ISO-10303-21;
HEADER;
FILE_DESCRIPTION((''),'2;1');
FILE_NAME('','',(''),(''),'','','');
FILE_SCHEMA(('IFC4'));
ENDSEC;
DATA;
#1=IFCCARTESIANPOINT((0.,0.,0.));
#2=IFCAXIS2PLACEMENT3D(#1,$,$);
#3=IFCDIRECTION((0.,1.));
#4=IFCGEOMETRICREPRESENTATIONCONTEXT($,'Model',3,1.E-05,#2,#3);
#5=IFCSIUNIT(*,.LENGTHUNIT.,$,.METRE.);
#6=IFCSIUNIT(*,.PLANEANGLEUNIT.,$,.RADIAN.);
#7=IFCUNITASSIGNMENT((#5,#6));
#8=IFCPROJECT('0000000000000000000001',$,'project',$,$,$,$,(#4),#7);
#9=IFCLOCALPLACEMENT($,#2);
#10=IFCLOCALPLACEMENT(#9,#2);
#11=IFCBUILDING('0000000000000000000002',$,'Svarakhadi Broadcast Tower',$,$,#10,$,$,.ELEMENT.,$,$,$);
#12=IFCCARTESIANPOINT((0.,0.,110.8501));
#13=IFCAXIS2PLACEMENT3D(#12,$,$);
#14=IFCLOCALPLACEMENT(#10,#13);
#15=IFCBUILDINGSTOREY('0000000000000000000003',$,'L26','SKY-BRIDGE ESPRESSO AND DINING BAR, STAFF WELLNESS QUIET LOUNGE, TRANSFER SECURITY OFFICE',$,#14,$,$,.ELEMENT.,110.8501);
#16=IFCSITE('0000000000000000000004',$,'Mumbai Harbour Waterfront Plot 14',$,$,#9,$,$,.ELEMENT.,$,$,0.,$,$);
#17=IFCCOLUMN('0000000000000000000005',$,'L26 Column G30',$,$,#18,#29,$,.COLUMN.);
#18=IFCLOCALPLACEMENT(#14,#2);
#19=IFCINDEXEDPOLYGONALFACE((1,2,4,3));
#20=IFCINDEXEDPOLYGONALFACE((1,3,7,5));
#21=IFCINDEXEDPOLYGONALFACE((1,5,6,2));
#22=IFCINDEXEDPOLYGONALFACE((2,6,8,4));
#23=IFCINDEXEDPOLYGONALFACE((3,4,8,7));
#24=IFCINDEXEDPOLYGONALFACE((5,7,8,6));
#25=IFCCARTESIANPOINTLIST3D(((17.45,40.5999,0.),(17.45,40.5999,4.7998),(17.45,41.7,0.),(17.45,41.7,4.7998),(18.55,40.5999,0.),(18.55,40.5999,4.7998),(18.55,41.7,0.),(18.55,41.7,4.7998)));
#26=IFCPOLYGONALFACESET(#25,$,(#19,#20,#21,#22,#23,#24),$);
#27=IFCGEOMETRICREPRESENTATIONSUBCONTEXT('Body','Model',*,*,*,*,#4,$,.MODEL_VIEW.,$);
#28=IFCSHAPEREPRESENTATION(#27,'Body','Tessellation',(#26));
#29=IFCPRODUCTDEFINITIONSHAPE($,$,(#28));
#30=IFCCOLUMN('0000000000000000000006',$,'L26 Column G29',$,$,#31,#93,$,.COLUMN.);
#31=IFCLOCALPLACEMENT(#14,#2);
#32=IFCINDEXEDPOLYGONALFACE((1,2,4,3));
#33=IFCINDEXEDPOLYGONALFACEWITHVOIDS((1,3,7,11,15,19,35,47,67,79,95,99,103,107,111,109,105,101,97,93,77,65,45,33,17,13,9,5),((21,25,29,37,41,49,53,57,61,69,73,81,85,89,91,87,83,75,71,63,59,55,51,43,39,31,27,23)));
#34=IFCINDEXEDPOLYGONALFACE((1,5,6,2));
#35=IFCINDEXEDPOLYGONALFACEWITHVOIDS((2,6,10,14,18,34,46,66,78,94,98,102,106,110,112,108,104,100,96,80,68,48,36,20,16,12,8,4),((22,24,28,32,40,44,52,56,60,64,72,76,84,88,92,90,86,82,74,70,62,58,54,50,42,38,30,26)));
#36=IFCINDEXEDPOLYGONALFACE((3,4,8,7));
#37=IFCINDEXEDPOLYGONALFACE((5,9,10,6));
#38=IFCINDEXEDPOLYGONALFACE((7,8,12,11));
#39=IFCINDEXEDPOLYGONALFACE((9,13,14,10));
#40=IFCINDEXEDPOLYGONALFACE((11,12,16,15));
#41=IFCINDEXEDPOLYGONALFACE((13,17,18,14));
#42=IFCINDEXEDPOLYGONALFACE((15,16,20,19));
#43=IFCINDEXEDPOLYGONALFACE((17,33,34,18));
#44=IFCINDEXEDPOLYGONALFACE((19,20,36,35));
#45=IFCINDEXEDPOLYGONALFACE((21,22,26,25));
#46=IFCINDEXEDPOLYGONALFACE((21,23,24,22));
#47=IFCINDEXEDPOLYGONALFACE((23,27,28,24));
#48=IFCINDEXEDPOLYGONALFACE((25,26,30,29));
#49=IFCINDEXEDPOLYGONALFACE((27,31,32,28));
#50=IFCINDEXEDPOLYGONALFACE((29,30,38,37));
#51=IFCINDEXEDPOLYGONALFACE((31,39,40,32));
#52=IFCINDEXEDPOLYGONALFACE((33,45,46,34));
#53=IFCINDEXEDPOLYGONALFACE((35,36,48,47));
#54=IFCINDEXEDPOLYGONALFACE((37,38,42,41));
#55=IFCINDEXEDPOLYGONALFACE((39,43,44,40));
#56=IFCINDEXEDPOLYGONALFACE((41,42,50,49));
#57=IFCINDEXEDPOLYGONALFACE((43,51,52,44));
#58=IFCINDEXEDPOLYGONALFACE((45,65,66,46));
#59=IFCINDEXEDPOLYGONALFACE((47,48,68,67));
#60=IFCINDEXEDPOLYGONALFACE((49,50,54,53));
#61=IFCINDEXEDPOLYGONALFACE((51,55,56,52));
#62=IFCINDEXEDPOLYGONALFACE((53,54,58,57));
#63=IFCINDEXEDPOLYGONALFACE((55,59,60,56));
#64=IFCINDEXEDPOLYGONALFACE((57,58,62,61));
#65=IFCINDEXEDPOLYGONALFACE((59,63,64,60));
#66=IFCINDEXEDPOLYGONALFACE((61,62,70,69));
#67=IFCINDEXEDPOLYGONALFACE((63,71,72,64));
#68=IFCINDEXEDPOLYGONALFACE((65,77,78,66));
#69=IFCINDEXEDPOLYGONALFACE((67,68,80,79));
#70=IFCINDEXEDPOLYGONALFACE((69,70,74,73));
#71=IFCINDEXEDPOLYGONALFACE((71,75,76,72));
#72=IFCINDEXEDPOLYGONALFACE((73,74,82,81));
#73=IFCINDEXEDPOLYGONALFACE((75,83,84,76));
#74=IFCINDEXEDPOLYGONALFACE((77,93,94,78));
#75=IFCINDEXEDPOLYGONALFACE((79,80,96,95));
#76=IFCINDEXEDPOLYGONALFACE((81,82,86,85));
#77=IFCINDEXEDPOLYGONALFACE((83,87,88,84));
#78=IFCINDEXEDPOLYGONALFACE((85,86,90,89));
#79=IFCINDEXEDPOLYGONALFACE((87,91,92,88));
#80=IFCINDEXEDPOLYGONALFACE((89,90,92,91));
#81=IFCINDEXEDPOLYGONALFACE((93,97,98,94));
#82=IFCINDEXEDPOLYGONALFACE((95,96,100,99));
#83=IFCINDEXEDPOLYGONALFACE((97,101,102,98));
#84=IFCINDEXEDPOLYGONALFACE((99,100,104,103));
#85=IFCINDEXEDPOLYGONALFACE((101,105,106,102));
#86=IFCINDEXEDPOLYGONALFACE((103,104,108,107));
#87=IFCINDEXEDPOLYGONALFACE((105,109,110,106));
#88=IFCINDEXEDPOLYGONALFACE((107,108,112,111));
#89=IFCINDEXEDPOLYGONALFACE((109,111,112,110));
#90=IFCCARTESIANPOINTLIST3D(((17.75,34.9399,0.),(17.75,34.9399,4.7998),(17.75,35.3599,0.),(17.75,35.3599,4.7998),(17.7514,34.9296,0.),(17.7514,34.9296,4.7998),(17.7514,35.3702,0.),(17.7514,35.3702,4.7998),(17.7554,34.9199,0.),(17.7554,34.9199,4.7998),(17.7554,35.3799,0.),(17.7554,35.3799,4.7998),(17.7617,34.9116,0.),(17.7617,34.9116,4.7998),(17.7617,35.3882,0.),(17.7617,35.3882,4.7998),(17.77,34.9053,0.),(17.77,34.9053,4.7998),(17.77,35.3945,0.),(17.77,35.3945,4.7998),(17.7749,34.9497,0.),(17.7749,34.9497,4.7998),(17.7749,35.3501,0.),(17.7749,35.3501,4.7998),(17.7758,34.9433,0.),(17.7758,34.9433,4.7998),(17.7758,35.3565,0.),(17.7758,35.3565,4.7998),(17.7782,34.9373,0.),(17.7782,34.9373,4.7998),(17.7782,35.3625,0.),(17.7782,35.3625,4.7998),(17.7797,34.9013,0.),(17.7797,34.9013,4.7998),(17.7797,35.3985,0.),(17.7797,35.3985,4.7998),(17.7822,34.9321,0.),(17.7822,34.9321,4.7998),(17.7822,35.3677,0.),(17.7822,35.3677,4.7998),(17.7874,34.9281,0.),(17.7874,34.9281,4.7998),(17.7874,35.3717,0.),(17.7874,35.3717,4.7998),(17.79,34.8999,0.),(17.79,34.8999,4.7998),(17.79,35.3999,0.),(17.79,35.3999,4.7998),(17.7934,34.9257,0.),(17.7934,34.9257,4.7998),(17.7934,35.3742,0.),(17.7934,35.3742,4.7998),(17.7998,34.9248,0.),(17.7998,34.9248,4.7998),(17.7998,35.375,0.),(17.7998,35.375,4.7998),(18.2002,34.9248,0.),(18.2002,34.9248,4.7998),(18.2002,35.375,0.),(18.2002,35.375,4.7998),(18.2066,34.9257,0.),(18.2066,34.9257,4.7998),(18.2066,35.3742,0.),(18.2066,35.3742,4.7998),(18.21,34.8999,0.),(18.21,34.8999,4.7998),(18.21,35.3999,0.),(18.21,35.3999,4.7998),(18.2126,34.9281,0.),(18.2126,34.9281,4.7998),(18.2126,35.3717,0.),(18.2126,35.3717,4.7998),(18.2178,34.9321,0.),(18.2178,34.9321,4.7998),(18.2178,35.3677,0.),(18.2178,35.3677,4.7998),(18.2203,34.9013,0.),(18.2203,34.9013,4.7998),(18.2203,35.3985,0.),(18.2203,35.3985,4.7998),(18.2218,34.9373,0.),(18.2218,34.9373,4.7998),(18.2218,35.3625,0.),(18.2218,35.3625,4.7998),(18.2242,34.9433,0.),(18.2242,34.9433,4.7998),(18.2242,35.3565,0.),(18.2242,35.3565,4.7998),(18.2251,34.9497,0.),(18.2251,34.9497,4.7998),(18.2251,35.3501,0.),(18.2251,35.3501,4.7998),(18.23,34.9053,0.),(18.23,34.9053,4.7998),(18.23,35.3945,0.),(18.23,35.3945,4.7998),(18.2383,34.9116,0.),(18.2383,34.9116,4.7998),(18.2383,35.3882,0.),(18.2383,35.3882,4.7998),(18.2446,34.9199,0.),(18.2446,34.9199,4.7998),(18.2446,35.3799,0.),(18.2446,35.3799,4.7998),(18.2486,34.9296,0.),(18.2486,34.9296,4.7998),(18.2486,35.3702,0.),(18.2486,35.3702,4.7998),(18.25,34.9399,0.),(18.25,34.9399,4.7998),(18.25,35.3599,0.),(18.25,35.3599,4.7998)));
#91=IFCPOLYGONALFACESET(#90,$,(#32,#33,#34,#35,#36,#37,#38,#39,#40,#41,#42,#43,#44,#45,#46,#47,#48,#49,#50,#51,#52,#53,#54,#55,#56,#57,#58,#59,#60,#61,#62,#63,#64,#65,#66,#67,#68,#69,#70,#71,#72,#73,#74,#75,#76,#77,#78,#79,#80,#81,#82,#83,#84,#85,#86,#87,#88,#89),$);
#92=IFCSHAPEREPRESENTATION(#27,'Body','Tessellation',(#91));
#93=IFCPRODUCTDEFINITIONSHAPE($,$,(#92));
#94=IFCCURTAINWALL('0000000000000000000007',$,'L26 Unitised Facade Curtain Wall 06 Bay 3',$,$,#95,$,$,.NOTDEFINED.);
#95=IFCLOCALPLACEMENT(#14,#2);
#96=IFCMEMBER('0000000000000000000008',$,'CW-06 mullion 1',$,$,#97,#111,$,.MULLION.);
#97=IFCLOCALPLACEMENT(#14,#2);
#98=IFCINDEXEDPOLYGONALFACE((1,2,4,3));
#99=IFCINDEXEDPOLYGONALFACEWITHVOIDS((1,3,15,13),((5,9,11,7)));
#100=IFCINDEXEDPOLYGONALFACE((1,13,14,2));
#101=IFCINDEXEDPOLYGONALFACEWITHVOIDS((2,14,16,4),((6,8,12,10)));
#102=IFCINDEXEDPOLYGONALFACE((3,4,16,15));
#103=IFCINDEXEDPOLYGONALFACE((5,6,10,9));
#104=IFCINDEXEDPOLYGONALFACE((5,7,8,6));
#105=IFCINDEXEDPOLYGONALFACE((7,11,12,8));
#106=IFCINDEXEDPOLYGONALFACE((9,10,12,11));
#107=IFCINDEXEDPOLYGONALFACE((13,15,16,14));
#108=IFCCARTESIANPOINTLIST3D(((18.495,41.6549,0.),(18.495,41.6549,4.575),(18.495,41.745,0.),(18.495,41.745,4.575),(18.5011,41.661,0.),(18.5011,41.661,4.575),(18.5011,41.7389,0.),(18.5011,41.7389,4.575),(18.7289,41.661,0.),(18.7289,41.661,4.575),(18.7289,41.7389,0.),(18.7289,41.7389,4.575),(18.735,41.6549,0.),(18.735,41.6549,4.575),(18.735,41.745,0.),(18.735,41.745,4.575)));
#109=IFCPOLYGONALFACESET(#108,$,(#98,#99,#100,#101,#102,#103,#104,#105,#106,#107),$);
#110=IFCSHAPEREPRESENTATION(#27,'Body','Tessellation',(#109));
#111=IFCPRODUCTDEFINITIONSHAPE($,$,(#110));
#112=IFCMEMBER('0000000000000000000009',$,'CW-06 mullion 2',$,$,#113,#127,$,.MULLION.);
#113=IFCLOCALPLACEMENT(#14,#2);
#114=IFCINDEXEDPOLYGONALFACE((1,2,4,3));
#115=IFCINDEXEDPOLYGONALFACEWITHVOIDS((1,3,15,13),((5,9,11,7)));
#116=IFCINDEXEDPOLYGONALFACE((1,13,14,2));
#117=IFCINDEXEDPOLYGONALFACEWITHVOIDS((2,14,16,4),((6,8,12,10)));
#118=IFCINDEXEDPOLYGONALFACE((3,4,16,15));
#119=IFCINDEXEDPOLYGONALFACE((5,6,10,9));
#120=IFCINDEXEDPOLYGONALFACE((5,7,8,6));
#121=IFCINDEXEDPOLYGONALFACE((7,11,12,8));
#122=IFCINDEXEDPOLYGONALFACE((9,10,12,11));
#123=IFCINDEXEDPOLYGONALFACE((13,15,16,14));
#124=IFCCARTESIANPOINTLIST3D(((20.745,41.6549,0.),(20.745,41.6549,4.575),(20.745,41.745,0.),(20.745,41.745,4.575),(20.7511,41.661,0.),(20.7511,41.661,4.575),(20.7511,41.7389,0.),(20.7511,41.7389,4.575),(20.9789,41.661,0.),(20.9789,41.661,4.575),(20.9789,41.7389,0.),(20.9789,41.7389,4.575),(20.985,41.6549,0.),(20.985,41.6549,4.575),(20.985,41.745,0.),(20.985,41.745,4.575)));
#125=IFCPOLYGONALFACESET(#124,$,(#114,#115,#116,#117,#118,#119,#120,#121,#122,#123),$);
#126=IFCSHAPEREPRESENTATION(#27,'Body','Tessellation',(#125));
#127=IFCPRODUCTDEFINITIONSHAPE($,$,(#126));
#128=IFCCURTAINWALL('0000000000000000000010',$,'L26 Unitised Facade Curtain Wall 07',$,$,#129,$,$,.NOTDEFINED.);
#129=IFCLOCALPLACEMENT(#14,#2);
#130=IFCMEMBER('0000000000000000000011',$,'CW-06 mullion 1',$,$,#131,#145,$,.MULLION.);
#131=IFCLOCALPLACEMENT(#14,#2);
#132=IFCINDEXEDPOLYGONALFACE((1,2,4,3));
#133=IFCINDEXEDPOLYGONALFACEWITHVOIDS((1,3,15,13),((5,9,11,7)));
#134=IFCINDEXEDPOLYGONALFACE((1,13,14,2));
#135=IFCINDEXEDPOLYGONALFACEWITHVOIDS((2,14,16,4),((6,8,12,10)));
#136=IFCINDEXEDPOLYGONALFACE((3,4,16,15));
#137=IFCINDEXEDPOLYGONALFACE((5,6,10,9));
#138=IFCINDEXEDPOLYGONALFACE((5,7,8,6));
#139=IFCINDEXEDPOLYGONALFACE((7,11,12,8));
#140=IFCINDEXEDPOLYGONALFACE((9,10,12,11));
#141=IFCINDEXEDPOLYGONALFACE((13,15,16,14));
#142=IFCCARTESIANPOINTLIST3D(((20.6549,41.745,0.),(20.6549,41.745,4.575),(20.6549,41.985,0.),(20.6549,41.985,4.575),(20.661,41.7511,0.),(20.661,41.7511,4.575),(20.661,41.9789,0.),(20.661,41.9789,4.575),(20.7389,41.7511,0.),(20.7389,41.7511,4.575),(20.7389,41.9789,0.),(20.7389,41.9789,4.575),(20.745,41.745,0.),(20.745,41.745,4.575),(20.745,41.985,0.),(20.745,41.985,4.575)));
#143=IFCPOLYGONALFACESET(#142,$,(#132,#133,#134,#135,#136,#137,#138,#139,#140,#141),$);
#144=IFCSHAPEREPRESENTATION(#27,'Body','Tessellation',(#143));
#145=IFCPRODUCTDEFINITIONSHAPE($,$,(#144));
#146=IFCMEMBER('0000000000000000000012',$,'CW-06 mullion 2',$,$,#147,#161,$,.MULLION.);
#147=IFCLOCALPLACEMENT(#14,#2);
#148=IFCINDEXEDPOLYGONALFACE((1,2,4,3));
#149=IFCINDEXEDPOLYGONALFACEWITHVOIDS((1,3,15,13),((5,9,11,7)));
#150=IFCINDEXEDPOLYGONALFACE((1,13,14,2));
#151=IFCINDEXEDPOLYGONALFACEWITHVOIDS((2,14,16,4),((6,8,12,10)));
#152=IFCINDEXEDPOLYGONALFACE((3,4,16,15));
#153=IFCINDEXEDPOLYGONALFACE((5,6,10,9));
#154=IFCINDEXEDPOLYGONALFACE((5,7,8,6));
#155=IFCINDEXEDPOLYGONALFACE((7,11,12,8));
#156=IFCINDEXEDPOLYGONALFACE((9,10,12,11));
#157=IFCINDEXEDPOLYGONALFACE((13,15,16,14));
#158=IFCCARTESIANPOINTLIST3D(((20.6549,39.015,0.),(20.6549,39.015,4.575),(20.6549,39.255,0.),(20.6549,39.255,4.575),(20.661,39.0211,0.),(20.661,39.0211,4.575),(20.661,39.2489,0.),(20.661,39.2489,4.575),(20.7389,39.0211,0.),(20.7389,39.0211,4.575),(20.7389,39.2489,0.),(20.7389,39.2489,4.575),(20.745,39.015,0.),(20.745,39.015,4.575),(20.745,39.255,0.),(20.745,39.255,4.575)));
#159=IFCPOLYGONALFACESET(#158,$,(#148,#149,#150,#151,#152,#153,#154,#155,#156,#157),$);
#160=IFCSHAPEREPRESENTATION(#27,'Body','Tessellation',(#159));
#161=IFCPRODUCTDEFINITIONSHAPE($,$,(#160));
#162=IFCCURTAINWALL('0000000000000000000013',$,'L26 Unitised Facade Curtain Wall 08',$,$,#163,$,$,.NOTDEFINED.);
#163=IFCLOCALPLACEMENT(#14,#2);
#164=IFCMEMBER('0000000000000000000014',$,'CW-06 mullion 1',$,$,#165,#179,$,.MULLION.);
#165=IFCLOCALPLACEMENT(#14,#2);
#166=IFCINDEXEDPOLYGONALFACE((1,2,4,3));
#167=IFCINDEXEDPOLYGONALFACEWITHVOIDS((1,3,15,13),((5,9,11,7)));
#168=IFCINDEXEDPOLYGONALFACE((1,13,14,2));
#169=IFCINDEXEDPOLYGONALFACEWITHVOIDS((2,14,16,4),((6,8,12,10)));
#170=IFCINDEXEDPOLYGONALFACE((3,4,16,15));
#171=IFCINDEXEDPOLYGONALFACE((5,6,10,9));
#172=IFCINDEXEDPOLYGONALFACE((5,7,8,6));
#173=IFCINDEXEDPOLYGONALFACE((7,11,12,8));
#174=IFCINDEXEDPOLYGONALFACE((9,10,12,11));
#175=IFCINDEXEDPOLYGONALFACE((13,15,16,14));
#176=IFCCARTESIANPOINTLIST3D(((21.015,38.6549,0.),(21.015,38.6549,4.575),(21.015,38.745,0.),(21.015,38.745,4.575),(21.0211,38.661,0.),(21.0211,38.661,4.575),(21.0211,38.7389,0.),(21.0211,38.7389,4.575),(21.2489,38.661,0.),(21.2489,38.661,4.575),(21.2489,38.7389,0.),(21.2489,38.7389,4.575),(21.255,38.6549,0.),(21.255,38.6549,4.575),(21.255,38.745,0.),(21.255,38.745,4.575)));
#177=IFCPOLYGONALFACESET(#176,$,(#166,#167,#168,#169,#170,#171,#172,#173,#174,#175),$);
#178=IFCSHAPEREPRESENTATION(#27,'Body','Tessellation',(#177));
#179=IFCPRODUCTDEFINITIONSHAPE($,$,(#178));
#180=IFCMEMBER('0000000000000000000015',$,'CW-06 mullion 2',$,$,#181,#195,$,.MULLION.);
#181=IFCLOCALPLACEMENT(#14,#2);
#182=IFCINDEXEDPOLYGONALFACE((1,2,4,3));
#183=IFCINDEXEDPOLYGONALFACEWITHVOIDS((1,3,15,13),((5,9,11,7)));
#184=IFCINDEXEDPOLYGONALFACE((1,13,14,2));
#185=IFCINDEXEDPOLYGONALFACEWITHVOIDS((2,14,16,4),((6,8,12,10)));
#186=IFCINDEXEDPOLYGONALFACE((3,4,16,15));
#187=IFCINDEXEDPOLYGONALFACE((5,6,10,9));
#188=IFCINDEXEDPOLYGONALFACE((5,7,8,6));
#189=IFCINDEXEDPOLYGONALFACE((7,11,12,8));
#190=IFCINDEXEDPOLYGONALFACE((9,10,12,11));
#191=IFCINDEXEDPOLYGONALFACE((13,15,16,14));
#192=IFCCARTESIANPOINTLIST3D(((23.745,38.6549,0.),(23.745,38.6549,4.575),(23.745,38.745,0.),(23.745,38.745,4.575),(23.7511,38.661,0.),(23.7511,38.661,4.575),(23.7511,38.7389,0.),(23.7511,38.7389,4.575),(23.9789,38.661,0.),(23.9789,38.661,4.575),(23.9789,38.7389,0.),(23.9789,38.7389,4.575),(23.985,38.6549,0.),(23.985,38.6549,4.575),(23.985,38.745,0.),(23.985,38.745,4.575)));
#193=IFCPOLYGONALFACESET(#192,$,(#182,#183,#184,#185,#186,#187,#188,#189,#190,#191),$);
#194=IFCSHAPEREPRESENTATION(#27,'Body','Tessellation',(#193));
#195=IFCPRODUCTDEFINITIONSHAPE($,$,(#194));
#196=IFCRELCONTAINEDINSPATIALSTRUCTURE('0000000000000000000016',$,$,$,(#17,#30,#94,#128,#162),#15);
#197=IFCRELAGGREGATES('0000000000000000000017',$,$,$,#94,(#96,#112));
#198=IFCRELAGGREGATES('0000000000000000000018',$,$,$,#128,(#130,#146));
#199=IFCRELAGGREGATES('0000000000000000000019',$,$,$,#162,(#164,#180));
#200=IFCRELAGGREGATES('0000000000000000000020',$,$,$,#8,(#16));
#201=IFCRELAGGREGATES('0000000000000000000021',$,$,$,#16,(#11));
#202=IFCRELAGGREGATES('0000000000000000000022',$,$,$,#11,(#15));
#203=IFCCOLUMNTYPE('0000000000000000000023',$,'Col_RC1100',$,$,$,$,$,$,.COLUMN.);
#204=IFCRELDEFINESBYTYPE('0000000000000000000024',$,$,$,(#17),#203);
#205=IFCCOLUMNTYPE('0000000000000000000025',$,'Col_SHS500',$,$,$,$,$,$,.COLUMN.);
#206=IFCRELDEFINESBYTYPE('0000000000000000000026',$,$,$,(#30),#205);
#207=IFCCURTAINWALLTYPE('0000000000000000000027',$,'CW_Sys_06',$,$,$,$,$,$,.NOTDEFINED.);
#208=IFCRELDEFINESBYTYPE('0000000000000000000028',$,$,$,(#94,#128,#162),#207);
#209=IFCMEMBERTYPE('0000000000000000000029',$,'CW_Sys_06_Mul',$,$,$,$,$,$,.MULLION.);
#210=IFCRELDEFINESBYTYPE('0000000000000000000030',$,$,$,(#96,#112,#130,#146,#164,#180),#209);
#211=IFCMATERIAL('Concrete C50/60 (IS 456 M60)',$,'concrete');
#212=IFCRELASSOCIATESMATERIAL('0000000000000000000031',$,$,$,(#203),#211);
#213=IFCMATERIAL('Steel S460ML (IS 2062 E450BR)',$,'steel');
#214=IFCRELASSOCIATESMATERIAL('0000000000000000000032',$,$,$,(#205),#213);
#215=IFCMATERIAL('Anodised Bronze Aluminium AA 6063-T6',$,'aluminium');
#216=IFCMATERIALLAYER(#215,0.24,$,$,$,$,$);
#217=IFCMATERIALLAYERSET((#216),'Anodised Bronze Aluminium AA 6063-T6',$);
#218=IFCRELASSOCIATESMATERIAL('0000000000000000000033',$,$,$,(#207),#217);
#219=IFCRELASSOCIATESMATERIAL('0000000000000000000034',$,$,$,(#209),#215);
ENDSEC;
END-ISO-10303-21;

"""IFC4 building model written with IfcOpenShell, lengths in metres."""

from ifc_helpers import new_model, si_unit, direction, frame, origin, origin_2d, place, context, subcontext, project, spatial, rectangle, hollow_rectangle, extrude, material, layer, layer_set, material_profile, profile_set, type_object, element, aggregate, save


model = new_model("IFC4")

# Units and contexts
model_context = context("Model", 3, precision=1e-05, world=origin(), true_north=direction((0.0, 1.0)))
body_context = subcontext(model_context, "Body", "Model", "MODEL_VIEW")
ifc_project = project(units=[si_unit("LENGTHUNIT", "METRE"), si_unit("PLANEANGLEUNIT", "RADIAN")], contexts=[model_context])

# Site, building, storey
site_placement = place(None, origin())
site = spatial("IfcSite", under=ifc_project, at=site_placement, Name="Mumbai Harbour Waterfront Plot 14", CompositionType="ELEMENT", RefElevation=0.0)
building_placement = place(site_placement, origin())
building = spatial("IfcBuilding", under=site, at=building_placement, Name="Svarakhadi Broadcast Tower", CompositionType="ELEMENT")
storey_placement = place(building_placement, frame((0.0, 0.0, 110.8501)))
storey = spatial("IfcBuildingStorey", under=building, at=storey_placement, Name="L26", Description="SKY-BRIDGE ESPRESSO AND DINING BAR, STAFF WELLNESS QUIET LOUNGE, TRANSFER SECURITY OFFICE", CompositionType="ELEMENT", Elevation=110.8501)

# Columns
ifc_material_1 = material(Name="Concrete C50/60 (IS 456 M60)", Category="concrete")
ifc_material_profile_1 = material_profile(ifc_material_1, rectangle(XDim=1.1001, YDim=1.1001, at=origin_2d()), Name="RC 1100x1100")
ifc_profile_set_1 = profile_set([ifc_material_profile_1], Name="Concrete C50/60 (IS 456 M60)")
column_type_1 = type_object("IfcColumnType", Name="Col_RC1100", PredefinedType="COLUMN", material=ifc_profile_set_1)
column_1_placement = place(storey_placement, frame((18.0, 41.1499, 0.0), z_axis=(0.0, 0.0, 1.0), x_axis=(1.0, 0.0, 0.0)))
element("IfcColumn", 1, at=column_1_placement, inside=storey, type_object=column_type_1, Name="L26 Column G30", PredefinedType="COLUMN", context=body_context, shape_type="SweptSolid", body=[
    extrude(rectangle(XDim=1.1001, YDim=1.1001, at=origin_2d()), origin(), (0.0, 0.0, 1.0), 4.7998),
])
ifc_material_2 = material(Name="Steel S460ML (IS 2062 E450BR)", Category="steel")
ifc_material_profile_2 = material_profile(ifc_material_2, hollow_rectangle(XDim=0.5, YDim=0.5, WallThickness=0.0249, InnerFilletRadius=0.0249, OuterFilletRadius=0.04, at=origin_2d()), Name="SHS 500x500x25")
ifc_profile_set_2 = profile_set([ifc_material_profile_2], Name="Steel S460ML (IS 2062 E450BR)")
column_type_2 = type_object("IfcColumnType", Name="Col_SHS500", PredefinedType="COLUMN", material=ifc_profile_set_2)
column_2_placement = place(storey_placement, frame((18.0, 35.1499, 0.0), z_axis=(0.0, 0.0, 1.0), x_axis=(1.0, 0.0, 0.0)))
element("IfcColumn", 2, at=column_2_placement, inside=storey, type_object=column_type_2, Name="L26 Column G29", PredefinedType="COLUMN", context=body_context, shape_type="SweptSolid", body=[
    extrude(hollow_rectangle(XDim=0.5, YDim=0.5, WallThickness=0.0249, InnerFilletRadius=0.0249, OuterFilletRadius=0.04, at=origin_2d()), origin(), (0.0, 0.0, 1.0), 4.7998),
])

# Curtain walls, members
ifc_material_3 = material(Name="Anodised Bronze Aluminium AA 6063-T6", Category="aluminium")
ifc_layer_1 = layer(ifc_material_3, 0.24)
ifc_layer_set_1 = layer_set([ifc_layer_1], Name="Anodised Bronze Aluminium AA 6063-T6")
curtain_wall_type = type_object("IfcCurtainWallType", Name="CW_Sys_06", PredefinedType="NOTDEFINED", material=ifc_layer_set_1)
curtain_wall_1_placement = place(storey_placement, origin())
curtain_wall_1 = element("IfcCurtainWall", 3, at=curtain_wall_1_placement, inside=storey, type_object=curtain_wall_type, Name="L26 Unitised Facade Curtain Wall 06 Bay 3", PredefinedType="NOTDEFINED")
ifc_material_profile_3 = material_profile(ifc_material_3, hollow_rectangle(XDim=0.0901, YDim=0.24, WallThickness=0.0061, at=origin_2d()), Name="ALU MULLION 240x90x6")
ifc_profile_set_3 = profile_set([ifc_material_profile_3], Name="Anodised Bronze Aluminium AA 6063-T6")
member_type_1 = type_object("IfcMemberType", Name="CW_Sys_06_Mul", PredefinedType="MULLION", material=ifc_profile_set_3)
member_1_placement = place(storey_placement, frame((18.615, 41.7, 0.0), z_axis=(0.0, 0.0, 1.0), x_axis=(0.0, 1.0, 0.0)))
member_1 = element("IfcMember", 4, at=member_1_placement, type_object=member_type_1, Name="CW-06 mullion 1", PredefinedType="MULLION", context=body_context, shape_type="SweptSolid", body=[
    extrude(hollow_rectangle(XDim=0.0901, YDim=0.24, WallThickness=0.0061, at=origin_2d()), origin(), (0.0, 0.0, 1.0), 4.575),
])
member_2_placement = place(storey_placement, frame((20.865, 41.7, 0.0), z_axis=(0.0, 0.0, 1.0), x_axis=(0.0, 1.0, 0.0)))
member_2 = element("IfcMember", 5, at=member_2_placement, type_object=member_type_1, Name="CW-06 mullion 2", PredefinedType="MULLION", context=body_context, shape_type="SweptSolid", body=[
    extrude(hollow_rectangle(XDim=0.0901, YDim=0.24, WallThickness=0.0061, at=origin_2d()), origin(), (0.0, 0.0, 1.0), 4.575),
])
curtain_wall_2_placement = place(storey_placement, origin())
curtain_wall_2 = element("IfcCurtainWall", 6, at=curtain_wall_2_placement, inside=storey, type_object=curtain_wall_type, Name="L26 Unitised Facade Curtain Wall 07", PredefinedType="NOTDEFINED")
member_3_placement = place(storey_placement, frame((20.7, 41.865, 0.0), z_axis=(0.0, 0.0, 1.0), x_axis=(1.0, 0.0, 0.0)))
member_3 = element("IfcMember", 7, at=member_3_placement, type_object=member_type_1, Name="CW-06 mullion 1", PredefinedType="MULLION", context=body_context, shape_type="SweptSolid", body=[
    extrude(hollow_rectangle(XDim=0.0901, YDim=0.24, WallThickness=0.0061, at=origin_2d()), origin(), (0.0, 0.0, 1.0), 4.575),
])
member_4_placement = place(storey_placement, frame((20.7, 39.135, 0.0), z_axis=(0.0, 0.0, 1.0), x_axis=(1.0, 0.0, 0.0)))
member_4 = element("IfcMember", 8, at=member_4_placement, type_object=member_type_1, Name="CW-06 mullion 2", PredefinedType="MULLION", context=body_context, shape_type="SweptSolid", body=[
    extrude(hollow_rectangle(XDim=0.0901, YDim=0.24, WallThickness=0.0061, at=origin_2d()), origin(), (0.0, 0.0, 1.0), 4.575),
])
curtain_wall_3_placement = place(storey_placement, origin())
curtain_wall_3 = element("IfcCurtainWall", 9, at=curtain_wall_3_placement, inside=storey, type_object=curtain_wall_type, Name="L26 Unitised Facade Curtain Wall 08", PredefinedType="NOTDEFINED")
member_5_placement = place(storey_placement, frame((21.135, 38.7, 0.0), z_axis=(0.0, 0.0, 1.0), x_axis=(0.0, 1.0, 0.0)))
member_5 = element("IfcMember", 10, at=member_5_placement, type_object=member_type_1, Name="CW-06 mullion 1", PredefinedType="MULLION", context=body_context, shape_type="SweptSolid", body=[
    extrude(hollow_rectangle(XDim=0.0901, YDim=0.24, WallThickness=0.0061, at=origin_2d()), origin(), (0.0, 0.0, 1.0), 4.575),
])
member_6_placement = place(storey_placement, frame((23.865, 38.7, 0.0), z_axis=(0.0, 0.0, 1.0), x_axis=(0.0, 1.0, 0.0)))
member_6 = element("IfcMember", 11, at=member_6_placement, type_object=member_type_1, Name="CW-06 mullion 2", PredefinedType="MULLION", context=body_context, shape_type="SweptSolid", body=[
    extrude(hollow_rectangle(XDim=0.0901, YDim=0.24, WallThickness=0.0061, at=origin_2d()), origin(), (0.0, 0.0, 1.0), 4.575),
])

aggregate(curtain_wall_1, [member_1, member_2])
aggregate(curtain_wall_2, [member_3, member_4])
aggregate(curtain_wall_3, [member_5, member_6])

save(model, "model.ifc")
